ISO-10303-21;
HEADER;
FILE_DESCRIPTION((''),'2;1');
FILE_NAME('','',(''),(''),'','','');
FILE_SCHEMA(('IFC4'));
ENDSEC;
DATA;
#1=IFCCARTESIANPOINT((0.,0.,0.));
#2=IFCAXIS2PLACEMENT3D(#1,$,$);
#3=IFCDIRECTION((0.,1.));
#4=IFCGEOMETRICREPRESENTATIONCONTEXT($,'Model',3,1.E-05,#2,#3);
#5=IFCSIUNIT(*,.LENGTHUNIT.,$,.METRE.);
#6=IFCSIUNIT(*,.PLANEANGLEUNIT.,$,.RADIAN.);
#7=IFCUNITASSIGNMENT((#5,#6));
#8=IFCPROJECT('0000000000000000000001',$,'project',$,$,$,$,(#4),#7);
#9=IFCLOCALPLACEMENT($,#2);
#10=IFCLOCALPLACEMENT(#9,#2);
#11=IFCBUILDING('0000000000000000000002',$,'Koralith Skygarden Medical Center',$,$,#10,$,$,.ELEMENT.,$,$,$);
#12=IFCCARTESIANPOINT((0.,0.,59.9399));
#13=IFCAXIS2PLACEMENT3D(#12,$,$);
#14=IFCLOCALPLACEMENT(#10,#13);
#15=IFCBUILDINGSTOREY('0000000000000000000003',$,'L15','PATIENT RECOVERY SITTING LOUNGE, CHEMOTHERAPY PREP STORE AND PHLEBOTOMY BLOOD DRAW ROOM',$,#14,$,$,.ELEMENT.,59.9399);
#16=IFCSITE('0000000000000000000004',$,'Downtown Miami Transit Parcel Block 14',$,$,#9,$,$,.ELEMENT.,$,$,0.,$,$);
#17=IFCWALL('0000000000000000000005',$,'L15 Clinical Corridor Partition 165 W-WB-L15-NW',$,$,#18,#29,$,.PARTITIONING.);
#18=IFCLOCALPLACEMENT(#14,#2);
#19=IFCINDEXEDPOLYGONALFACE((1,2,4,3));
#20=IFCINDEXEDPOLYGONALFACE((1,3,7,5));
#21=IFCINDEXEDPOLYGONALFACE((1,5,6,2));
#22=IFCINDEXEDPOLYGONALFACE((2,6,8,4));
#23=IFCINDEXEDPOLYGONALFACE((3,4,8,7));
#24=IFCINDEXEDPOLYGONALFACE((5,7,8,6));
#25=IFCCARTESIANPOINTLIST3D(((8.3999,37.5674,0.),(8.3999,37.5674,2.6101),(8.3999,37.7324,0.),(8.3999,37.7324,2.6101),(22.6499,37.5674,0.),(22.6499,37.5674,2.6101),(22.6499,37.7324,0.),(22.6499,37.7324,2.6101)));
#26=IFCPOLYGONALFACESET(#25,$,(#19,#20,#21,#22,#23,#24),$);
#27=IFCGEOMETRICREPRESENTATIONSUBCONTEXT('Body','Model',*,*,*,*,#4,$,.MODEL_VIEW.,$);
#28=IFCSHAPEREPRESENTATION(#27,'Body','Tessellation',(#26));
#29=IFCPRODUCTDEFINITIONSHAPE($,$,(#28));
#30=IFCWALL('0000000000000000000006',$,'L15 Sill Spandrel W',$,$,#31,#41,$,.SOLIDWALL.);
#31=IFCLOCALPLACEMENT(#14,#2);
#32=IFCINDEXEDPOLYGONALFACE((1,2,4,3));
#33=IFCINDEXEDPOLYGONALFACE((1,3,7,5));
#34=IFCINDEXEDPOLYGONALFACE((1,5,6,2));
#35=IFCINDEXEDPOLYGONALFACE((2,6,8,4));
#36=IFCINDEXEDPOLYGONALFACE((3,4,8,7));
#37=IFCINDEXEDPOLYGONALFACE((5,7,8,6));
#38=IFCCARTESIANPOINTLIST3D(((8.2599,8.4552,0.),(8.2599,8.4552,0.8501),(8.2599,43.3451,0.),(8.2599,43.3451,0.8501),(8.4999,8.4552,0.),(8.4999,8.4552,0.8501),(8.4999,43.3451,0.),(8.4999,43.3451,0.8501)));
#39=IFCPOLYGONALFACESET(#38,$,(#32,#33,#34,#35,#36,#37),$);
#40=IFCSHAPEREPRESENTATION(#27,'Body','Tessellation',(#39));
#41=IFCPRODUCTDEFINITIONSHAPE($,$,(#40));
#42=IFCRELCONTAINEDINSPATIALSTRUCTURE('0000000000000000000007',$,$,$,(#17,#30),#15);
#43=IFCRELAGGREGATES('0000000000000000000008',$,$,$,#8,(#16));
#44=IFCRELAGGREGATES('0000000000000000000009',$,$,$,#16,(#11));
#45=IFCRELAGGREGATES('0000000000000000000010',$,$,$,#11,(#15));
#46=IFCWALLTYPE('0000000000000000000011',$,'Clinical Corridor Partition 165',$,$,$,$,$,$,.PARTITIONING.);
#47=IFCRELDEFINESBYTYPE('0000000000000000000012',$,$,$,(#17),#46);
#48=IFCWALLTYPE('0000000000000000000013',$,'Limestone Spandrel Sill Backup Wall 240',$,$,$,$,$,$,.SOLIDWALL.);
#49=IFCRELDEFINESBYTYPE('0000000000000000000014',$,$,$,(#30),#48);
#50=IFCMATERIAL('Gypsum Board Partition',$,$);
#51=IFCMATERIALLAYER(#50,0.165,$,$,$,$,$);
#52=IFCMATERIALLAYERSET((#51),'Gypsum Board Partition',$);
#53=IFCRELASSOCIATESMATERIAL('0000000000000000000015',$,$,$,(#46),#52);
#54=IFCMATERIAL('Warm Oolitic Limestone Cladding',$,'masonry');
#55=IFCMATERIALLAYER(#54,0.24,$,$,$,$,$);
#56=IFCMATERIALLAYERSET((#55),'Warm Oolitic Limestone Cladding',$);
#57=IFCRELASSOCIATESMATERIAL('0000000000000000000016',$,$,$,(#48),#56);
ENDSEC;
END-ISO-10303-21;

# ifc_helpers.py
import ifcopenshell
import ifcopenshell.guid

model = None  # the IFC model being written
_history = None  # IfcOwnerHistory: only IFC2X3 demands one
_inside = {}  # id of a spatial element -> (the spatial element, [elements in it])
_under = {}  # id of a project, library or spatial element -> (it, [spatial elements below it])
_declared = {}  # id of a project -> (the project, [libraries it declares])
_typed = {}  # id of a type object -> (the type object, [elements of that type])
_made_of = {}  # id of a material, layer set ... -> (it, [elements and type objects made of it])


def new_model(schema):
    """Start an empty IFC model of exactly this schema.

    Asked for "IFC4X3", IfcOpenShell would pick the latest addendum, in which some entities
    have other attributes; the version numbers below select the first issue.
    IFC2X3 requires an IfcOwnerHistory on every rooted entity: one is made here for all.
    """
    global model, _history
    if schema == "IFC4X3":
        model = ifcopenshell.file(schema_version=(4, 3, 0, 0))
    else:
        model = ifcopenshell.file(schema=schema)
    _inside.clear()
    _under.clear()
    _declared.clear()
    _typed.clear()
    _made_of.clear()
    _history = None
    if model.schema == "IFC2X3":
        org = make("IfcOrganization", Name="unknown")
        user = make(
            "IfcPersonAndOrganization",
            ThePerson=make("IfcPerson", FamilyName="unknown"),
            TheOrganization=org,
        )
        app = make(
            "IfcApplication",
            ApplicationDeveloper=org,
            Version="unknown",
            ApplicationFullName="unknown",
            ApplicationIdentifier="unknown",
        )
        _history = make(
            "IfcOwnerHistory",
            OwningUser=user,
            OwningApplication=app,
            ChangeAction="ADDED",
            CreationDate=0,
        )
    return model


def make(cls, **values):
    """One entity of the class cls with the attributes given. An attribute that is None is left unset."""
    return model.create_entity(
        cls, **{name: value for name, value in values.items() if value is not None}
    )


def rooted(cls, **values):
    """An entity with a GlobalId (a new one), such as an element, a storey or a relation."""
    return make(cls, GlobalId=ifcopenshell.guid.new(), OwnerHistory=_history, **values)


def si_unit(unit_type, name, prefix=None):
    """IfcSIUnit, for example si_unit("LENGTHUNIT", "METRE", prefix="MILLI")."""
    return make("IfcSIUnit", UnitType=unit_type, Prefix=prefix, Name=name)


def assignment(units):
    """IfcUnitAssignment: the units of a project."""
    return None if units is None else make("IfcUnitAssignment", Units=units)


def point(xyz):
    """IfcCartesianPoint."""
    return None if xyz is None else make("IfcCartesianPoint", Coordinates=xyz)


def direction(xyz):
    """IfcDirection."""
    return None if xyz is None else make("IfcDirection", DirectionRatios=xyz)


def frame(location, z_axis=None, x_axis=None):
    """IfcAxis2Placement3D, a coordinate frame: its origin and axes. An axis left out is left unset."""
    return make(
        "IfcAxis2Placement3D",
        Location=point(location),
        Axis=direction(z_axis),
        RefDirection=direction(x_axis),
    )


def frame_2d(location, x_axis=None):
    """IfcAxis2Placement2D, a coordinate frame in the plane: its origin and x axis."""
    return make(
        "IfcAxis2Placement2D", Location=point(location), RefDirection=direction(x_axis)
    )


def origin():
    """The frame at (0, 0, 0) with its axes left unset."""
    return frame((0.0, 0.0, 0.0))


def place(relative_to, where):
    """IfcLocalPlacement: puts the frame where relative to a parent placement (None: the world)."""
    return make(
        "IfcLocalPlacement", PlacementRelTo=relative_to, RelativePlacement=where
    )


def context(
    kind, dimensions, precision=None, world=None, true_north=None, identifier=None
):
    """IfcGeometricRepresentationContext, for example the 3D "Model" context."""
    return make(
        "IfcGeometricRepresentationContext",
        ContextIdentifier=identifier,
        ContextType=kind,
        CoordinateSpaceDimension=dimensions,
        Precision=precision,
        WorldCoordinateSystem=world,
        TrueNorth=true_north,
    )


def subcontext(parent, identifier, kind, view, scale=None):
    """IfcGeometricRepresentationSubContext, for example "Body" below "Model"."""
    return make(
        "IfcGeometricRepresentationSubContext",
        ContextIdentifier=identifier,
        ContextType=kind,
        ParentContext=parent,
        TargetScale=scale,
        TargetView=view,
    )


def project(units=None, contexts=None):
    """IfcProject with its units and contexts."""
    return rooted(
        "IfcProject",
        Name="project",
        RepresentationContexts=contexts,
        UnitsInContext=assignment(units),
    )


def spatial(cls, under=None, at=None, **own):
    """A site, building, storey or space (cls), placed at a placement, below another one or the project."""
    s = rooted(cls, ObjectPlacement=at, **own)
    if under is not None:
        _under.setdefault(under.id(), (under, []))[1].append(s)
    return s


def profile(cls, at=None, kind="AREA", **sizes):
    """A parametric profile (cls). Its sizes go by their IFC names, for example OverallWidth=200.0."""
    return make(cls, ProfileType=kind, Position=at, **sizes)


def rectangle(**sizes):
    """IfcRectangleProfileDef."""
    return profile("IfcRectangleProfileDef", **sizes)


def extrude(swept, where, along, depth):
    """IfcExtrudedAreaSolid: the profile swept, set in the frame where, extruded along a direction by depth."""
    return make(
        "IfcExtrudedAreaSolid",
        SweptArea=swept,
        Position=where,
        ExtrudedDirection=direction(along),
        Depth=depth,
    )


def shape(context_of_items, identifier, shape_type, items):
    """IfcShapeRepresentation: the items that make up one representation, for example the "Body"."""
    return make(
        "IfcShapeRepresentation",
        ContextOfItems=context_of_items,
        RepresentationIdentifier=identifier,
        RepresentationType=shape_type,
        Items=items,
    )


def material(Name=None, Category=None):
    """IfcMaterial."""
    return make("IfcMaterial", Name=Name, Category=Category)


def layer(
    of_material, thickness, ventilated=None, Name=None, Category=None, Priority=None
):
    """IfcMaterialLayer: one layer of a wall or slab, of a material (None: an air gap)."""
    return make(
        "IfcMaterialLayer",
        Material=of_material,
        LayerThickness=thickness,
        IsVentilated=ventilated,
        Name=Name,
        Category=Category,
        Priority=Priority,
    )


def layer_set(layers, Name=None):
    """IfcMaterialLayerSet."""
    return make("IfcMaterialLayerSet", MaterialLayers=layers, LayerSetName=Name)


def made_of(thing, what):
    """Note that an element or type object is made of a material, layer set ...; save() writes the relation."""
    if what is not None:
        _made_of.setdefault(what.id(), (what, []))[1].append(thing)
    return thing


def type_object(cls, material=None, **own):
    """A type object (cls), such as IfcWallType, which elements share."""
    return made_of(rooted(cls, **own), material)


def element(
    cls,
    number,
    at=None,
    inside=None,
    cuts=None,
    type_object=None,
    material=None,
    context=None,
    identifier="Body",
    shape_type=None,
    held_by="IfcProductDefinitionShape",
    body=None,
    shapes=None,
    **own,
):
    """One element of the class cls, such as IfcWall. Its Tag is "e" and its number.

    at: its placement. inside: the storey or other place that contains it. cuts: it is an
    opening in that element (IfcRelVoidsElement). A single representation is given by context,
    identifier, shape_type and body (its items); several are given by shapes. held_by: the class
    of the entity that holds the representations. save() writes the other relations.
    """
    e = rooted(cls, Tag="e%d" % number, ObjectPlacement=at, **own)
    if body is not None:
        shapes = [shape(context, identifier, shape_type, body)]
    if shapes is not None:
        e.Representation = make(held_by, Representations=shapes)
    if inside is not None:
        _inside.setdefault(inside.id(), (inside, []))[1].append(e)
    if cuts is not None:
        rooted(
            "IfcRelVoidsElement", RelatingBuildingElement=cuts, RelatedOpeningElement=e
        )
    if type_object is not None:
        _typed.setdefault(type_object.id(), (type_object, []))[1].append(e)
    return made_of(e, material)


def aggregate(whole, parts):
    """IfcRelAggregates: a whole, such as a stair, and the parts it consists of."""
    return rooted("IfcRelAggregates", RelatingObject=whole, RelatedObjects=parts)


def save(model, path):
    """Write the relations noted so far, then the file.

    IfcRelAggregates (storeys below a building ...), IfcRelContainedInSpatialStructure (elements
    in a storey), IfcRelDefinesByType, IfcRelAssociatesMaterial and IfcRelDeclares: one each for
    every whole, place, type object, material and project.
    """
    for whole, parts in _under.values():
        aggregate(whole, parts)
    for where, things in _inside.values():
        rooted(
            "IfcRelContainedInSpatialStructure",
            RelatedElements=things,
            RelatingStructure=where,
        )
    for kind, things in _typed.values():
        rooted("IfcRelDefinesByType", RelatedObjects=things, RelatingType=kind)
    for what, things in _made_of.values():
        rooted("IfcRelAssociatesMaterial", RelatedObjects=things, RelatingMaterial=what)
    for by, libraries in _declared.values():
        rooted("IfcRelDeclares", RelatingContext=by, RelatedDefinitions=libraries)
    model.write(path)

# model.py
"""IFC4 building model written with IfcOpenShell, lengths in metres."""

from ifc_helpers import new_model, si_unit, direction, frame, frame_2d, origin, place, context, subcontext, project, spatial, rectangle, extrude, material, layer, layer_set, type_object, element, save


model = new_model("IFC4")

# Units and contexts
model_context = context("Model", 3, precision=1e-05, world=origin(), true_north=direction((0.0, 1.0)))
body_context = subcontext(model_context, "Body", "Model", "MODEL_VIEW")
ifc_project = project(units=[si_unit("LENGTHUNIT", "METRE"), si_unit("PLANEANGLEUNIT", "RADIAN")], contexts=[model_context])

# Site, building, storey
site_placement = place(None, origin())
site = spatial("IfcSite", under=ifc_project, at=site_placement, Name="Downtown Miami Transit Parcel Block 14", CompositionType="ELEMENT", RefElevation=0.0)
building_placement = place(site_placement, origin())
building = spatial("IfcBuilding", under=site, at=building_placement, Name="Koralith Skygarden Medical Center", CompositionType="ELEMENT")
storey_placement = place(building_placement, frame((0.0, 0.0, 59.9399)))
storey = spatial("IfcBuildingStorey", under=building, at=storey_placement, Name="L15", Description="PATIENT RECOVERY SITTING LOUNGE, CHEMOTHERAPY PREP STORE AND PHLEBOTOMY BLOOD DRAW ROOM", CompositionType="ELEMENT", Elevation=59.9399)

# Wall
ifc_material_1 = material(Name="Gypsum Board Partition")
ifc_layer_1 = layer(ifc_material_1, 0.165)
ifc_layer_set_1 = layer_set([ifc_layer_1], Name="Gypsum Board Partition")
wall_type_1 = type_object("IfcWallType", Name="Clinical Corridor Partition 165", PredefinedType="PARTITIONING", material=ifc_layer_set_1)
wall_1_placement = place(storey_placement, frame((8.3999, 37.6499, 0.0), z_axis=(0.0, 0.0, 1.0), x_axis=(1.0, 0.0, 0.0)))
element("IfcWall", 1, at=wall_1_placement, inside=storey, type_object=wall_type_1, Name="L15 Clinical Corridor Partition 165 W-WB-L15-NW", PredefinedType="PARTITIONING", context=body_context, shape_type="SweptSolid", body=[
    extrude(rectangle(XDim=14.25, YDim=0.165, at=frame_2d((7.125, 0.0))), origin(), (0.0, 0.0, 1.0), 2.6101),
])

# Wall
ifc_material_2 = material(Name="Warm Oolitic Limestone Cladding", Category="masonry")
ifc_layer_2 = layer(ifc_material_2, 0.24)
ifc_layer_set_2 = layer_set([ifc_layer_2], Name="Warm Oolitic Limestone Cladding")
wall_type_2 = type_object("IfcWallType", Name="Limestone Spandrel Sill Backup Wall 240", PredefinedType="SOLIDWALL", material=ifc_layer_set_2)
wall_2_placement = place(storey_placement, frame((8.3799, 43.345, 0.0), z_axis=(0.0, 0.0, 1.0), x_axis=(0.0, -1.0, 0.0)))
element("IfcWall", 2, at=wall_2_placement, inside=storey, type_object=wall_type_2, Name="L15 Sill Spandrel W", PredefinedType="SOLIDWALL", context=body_context, shape_type="SweptSolid", body=[
    extrude(rectangle(XDim=34.8899, YDim=0.24, at=frame_2d((17.4448, 0.0))), origin(), (0.0, 0.0, 1.0), 0.8501),
])

save(model, "model.ifc")
